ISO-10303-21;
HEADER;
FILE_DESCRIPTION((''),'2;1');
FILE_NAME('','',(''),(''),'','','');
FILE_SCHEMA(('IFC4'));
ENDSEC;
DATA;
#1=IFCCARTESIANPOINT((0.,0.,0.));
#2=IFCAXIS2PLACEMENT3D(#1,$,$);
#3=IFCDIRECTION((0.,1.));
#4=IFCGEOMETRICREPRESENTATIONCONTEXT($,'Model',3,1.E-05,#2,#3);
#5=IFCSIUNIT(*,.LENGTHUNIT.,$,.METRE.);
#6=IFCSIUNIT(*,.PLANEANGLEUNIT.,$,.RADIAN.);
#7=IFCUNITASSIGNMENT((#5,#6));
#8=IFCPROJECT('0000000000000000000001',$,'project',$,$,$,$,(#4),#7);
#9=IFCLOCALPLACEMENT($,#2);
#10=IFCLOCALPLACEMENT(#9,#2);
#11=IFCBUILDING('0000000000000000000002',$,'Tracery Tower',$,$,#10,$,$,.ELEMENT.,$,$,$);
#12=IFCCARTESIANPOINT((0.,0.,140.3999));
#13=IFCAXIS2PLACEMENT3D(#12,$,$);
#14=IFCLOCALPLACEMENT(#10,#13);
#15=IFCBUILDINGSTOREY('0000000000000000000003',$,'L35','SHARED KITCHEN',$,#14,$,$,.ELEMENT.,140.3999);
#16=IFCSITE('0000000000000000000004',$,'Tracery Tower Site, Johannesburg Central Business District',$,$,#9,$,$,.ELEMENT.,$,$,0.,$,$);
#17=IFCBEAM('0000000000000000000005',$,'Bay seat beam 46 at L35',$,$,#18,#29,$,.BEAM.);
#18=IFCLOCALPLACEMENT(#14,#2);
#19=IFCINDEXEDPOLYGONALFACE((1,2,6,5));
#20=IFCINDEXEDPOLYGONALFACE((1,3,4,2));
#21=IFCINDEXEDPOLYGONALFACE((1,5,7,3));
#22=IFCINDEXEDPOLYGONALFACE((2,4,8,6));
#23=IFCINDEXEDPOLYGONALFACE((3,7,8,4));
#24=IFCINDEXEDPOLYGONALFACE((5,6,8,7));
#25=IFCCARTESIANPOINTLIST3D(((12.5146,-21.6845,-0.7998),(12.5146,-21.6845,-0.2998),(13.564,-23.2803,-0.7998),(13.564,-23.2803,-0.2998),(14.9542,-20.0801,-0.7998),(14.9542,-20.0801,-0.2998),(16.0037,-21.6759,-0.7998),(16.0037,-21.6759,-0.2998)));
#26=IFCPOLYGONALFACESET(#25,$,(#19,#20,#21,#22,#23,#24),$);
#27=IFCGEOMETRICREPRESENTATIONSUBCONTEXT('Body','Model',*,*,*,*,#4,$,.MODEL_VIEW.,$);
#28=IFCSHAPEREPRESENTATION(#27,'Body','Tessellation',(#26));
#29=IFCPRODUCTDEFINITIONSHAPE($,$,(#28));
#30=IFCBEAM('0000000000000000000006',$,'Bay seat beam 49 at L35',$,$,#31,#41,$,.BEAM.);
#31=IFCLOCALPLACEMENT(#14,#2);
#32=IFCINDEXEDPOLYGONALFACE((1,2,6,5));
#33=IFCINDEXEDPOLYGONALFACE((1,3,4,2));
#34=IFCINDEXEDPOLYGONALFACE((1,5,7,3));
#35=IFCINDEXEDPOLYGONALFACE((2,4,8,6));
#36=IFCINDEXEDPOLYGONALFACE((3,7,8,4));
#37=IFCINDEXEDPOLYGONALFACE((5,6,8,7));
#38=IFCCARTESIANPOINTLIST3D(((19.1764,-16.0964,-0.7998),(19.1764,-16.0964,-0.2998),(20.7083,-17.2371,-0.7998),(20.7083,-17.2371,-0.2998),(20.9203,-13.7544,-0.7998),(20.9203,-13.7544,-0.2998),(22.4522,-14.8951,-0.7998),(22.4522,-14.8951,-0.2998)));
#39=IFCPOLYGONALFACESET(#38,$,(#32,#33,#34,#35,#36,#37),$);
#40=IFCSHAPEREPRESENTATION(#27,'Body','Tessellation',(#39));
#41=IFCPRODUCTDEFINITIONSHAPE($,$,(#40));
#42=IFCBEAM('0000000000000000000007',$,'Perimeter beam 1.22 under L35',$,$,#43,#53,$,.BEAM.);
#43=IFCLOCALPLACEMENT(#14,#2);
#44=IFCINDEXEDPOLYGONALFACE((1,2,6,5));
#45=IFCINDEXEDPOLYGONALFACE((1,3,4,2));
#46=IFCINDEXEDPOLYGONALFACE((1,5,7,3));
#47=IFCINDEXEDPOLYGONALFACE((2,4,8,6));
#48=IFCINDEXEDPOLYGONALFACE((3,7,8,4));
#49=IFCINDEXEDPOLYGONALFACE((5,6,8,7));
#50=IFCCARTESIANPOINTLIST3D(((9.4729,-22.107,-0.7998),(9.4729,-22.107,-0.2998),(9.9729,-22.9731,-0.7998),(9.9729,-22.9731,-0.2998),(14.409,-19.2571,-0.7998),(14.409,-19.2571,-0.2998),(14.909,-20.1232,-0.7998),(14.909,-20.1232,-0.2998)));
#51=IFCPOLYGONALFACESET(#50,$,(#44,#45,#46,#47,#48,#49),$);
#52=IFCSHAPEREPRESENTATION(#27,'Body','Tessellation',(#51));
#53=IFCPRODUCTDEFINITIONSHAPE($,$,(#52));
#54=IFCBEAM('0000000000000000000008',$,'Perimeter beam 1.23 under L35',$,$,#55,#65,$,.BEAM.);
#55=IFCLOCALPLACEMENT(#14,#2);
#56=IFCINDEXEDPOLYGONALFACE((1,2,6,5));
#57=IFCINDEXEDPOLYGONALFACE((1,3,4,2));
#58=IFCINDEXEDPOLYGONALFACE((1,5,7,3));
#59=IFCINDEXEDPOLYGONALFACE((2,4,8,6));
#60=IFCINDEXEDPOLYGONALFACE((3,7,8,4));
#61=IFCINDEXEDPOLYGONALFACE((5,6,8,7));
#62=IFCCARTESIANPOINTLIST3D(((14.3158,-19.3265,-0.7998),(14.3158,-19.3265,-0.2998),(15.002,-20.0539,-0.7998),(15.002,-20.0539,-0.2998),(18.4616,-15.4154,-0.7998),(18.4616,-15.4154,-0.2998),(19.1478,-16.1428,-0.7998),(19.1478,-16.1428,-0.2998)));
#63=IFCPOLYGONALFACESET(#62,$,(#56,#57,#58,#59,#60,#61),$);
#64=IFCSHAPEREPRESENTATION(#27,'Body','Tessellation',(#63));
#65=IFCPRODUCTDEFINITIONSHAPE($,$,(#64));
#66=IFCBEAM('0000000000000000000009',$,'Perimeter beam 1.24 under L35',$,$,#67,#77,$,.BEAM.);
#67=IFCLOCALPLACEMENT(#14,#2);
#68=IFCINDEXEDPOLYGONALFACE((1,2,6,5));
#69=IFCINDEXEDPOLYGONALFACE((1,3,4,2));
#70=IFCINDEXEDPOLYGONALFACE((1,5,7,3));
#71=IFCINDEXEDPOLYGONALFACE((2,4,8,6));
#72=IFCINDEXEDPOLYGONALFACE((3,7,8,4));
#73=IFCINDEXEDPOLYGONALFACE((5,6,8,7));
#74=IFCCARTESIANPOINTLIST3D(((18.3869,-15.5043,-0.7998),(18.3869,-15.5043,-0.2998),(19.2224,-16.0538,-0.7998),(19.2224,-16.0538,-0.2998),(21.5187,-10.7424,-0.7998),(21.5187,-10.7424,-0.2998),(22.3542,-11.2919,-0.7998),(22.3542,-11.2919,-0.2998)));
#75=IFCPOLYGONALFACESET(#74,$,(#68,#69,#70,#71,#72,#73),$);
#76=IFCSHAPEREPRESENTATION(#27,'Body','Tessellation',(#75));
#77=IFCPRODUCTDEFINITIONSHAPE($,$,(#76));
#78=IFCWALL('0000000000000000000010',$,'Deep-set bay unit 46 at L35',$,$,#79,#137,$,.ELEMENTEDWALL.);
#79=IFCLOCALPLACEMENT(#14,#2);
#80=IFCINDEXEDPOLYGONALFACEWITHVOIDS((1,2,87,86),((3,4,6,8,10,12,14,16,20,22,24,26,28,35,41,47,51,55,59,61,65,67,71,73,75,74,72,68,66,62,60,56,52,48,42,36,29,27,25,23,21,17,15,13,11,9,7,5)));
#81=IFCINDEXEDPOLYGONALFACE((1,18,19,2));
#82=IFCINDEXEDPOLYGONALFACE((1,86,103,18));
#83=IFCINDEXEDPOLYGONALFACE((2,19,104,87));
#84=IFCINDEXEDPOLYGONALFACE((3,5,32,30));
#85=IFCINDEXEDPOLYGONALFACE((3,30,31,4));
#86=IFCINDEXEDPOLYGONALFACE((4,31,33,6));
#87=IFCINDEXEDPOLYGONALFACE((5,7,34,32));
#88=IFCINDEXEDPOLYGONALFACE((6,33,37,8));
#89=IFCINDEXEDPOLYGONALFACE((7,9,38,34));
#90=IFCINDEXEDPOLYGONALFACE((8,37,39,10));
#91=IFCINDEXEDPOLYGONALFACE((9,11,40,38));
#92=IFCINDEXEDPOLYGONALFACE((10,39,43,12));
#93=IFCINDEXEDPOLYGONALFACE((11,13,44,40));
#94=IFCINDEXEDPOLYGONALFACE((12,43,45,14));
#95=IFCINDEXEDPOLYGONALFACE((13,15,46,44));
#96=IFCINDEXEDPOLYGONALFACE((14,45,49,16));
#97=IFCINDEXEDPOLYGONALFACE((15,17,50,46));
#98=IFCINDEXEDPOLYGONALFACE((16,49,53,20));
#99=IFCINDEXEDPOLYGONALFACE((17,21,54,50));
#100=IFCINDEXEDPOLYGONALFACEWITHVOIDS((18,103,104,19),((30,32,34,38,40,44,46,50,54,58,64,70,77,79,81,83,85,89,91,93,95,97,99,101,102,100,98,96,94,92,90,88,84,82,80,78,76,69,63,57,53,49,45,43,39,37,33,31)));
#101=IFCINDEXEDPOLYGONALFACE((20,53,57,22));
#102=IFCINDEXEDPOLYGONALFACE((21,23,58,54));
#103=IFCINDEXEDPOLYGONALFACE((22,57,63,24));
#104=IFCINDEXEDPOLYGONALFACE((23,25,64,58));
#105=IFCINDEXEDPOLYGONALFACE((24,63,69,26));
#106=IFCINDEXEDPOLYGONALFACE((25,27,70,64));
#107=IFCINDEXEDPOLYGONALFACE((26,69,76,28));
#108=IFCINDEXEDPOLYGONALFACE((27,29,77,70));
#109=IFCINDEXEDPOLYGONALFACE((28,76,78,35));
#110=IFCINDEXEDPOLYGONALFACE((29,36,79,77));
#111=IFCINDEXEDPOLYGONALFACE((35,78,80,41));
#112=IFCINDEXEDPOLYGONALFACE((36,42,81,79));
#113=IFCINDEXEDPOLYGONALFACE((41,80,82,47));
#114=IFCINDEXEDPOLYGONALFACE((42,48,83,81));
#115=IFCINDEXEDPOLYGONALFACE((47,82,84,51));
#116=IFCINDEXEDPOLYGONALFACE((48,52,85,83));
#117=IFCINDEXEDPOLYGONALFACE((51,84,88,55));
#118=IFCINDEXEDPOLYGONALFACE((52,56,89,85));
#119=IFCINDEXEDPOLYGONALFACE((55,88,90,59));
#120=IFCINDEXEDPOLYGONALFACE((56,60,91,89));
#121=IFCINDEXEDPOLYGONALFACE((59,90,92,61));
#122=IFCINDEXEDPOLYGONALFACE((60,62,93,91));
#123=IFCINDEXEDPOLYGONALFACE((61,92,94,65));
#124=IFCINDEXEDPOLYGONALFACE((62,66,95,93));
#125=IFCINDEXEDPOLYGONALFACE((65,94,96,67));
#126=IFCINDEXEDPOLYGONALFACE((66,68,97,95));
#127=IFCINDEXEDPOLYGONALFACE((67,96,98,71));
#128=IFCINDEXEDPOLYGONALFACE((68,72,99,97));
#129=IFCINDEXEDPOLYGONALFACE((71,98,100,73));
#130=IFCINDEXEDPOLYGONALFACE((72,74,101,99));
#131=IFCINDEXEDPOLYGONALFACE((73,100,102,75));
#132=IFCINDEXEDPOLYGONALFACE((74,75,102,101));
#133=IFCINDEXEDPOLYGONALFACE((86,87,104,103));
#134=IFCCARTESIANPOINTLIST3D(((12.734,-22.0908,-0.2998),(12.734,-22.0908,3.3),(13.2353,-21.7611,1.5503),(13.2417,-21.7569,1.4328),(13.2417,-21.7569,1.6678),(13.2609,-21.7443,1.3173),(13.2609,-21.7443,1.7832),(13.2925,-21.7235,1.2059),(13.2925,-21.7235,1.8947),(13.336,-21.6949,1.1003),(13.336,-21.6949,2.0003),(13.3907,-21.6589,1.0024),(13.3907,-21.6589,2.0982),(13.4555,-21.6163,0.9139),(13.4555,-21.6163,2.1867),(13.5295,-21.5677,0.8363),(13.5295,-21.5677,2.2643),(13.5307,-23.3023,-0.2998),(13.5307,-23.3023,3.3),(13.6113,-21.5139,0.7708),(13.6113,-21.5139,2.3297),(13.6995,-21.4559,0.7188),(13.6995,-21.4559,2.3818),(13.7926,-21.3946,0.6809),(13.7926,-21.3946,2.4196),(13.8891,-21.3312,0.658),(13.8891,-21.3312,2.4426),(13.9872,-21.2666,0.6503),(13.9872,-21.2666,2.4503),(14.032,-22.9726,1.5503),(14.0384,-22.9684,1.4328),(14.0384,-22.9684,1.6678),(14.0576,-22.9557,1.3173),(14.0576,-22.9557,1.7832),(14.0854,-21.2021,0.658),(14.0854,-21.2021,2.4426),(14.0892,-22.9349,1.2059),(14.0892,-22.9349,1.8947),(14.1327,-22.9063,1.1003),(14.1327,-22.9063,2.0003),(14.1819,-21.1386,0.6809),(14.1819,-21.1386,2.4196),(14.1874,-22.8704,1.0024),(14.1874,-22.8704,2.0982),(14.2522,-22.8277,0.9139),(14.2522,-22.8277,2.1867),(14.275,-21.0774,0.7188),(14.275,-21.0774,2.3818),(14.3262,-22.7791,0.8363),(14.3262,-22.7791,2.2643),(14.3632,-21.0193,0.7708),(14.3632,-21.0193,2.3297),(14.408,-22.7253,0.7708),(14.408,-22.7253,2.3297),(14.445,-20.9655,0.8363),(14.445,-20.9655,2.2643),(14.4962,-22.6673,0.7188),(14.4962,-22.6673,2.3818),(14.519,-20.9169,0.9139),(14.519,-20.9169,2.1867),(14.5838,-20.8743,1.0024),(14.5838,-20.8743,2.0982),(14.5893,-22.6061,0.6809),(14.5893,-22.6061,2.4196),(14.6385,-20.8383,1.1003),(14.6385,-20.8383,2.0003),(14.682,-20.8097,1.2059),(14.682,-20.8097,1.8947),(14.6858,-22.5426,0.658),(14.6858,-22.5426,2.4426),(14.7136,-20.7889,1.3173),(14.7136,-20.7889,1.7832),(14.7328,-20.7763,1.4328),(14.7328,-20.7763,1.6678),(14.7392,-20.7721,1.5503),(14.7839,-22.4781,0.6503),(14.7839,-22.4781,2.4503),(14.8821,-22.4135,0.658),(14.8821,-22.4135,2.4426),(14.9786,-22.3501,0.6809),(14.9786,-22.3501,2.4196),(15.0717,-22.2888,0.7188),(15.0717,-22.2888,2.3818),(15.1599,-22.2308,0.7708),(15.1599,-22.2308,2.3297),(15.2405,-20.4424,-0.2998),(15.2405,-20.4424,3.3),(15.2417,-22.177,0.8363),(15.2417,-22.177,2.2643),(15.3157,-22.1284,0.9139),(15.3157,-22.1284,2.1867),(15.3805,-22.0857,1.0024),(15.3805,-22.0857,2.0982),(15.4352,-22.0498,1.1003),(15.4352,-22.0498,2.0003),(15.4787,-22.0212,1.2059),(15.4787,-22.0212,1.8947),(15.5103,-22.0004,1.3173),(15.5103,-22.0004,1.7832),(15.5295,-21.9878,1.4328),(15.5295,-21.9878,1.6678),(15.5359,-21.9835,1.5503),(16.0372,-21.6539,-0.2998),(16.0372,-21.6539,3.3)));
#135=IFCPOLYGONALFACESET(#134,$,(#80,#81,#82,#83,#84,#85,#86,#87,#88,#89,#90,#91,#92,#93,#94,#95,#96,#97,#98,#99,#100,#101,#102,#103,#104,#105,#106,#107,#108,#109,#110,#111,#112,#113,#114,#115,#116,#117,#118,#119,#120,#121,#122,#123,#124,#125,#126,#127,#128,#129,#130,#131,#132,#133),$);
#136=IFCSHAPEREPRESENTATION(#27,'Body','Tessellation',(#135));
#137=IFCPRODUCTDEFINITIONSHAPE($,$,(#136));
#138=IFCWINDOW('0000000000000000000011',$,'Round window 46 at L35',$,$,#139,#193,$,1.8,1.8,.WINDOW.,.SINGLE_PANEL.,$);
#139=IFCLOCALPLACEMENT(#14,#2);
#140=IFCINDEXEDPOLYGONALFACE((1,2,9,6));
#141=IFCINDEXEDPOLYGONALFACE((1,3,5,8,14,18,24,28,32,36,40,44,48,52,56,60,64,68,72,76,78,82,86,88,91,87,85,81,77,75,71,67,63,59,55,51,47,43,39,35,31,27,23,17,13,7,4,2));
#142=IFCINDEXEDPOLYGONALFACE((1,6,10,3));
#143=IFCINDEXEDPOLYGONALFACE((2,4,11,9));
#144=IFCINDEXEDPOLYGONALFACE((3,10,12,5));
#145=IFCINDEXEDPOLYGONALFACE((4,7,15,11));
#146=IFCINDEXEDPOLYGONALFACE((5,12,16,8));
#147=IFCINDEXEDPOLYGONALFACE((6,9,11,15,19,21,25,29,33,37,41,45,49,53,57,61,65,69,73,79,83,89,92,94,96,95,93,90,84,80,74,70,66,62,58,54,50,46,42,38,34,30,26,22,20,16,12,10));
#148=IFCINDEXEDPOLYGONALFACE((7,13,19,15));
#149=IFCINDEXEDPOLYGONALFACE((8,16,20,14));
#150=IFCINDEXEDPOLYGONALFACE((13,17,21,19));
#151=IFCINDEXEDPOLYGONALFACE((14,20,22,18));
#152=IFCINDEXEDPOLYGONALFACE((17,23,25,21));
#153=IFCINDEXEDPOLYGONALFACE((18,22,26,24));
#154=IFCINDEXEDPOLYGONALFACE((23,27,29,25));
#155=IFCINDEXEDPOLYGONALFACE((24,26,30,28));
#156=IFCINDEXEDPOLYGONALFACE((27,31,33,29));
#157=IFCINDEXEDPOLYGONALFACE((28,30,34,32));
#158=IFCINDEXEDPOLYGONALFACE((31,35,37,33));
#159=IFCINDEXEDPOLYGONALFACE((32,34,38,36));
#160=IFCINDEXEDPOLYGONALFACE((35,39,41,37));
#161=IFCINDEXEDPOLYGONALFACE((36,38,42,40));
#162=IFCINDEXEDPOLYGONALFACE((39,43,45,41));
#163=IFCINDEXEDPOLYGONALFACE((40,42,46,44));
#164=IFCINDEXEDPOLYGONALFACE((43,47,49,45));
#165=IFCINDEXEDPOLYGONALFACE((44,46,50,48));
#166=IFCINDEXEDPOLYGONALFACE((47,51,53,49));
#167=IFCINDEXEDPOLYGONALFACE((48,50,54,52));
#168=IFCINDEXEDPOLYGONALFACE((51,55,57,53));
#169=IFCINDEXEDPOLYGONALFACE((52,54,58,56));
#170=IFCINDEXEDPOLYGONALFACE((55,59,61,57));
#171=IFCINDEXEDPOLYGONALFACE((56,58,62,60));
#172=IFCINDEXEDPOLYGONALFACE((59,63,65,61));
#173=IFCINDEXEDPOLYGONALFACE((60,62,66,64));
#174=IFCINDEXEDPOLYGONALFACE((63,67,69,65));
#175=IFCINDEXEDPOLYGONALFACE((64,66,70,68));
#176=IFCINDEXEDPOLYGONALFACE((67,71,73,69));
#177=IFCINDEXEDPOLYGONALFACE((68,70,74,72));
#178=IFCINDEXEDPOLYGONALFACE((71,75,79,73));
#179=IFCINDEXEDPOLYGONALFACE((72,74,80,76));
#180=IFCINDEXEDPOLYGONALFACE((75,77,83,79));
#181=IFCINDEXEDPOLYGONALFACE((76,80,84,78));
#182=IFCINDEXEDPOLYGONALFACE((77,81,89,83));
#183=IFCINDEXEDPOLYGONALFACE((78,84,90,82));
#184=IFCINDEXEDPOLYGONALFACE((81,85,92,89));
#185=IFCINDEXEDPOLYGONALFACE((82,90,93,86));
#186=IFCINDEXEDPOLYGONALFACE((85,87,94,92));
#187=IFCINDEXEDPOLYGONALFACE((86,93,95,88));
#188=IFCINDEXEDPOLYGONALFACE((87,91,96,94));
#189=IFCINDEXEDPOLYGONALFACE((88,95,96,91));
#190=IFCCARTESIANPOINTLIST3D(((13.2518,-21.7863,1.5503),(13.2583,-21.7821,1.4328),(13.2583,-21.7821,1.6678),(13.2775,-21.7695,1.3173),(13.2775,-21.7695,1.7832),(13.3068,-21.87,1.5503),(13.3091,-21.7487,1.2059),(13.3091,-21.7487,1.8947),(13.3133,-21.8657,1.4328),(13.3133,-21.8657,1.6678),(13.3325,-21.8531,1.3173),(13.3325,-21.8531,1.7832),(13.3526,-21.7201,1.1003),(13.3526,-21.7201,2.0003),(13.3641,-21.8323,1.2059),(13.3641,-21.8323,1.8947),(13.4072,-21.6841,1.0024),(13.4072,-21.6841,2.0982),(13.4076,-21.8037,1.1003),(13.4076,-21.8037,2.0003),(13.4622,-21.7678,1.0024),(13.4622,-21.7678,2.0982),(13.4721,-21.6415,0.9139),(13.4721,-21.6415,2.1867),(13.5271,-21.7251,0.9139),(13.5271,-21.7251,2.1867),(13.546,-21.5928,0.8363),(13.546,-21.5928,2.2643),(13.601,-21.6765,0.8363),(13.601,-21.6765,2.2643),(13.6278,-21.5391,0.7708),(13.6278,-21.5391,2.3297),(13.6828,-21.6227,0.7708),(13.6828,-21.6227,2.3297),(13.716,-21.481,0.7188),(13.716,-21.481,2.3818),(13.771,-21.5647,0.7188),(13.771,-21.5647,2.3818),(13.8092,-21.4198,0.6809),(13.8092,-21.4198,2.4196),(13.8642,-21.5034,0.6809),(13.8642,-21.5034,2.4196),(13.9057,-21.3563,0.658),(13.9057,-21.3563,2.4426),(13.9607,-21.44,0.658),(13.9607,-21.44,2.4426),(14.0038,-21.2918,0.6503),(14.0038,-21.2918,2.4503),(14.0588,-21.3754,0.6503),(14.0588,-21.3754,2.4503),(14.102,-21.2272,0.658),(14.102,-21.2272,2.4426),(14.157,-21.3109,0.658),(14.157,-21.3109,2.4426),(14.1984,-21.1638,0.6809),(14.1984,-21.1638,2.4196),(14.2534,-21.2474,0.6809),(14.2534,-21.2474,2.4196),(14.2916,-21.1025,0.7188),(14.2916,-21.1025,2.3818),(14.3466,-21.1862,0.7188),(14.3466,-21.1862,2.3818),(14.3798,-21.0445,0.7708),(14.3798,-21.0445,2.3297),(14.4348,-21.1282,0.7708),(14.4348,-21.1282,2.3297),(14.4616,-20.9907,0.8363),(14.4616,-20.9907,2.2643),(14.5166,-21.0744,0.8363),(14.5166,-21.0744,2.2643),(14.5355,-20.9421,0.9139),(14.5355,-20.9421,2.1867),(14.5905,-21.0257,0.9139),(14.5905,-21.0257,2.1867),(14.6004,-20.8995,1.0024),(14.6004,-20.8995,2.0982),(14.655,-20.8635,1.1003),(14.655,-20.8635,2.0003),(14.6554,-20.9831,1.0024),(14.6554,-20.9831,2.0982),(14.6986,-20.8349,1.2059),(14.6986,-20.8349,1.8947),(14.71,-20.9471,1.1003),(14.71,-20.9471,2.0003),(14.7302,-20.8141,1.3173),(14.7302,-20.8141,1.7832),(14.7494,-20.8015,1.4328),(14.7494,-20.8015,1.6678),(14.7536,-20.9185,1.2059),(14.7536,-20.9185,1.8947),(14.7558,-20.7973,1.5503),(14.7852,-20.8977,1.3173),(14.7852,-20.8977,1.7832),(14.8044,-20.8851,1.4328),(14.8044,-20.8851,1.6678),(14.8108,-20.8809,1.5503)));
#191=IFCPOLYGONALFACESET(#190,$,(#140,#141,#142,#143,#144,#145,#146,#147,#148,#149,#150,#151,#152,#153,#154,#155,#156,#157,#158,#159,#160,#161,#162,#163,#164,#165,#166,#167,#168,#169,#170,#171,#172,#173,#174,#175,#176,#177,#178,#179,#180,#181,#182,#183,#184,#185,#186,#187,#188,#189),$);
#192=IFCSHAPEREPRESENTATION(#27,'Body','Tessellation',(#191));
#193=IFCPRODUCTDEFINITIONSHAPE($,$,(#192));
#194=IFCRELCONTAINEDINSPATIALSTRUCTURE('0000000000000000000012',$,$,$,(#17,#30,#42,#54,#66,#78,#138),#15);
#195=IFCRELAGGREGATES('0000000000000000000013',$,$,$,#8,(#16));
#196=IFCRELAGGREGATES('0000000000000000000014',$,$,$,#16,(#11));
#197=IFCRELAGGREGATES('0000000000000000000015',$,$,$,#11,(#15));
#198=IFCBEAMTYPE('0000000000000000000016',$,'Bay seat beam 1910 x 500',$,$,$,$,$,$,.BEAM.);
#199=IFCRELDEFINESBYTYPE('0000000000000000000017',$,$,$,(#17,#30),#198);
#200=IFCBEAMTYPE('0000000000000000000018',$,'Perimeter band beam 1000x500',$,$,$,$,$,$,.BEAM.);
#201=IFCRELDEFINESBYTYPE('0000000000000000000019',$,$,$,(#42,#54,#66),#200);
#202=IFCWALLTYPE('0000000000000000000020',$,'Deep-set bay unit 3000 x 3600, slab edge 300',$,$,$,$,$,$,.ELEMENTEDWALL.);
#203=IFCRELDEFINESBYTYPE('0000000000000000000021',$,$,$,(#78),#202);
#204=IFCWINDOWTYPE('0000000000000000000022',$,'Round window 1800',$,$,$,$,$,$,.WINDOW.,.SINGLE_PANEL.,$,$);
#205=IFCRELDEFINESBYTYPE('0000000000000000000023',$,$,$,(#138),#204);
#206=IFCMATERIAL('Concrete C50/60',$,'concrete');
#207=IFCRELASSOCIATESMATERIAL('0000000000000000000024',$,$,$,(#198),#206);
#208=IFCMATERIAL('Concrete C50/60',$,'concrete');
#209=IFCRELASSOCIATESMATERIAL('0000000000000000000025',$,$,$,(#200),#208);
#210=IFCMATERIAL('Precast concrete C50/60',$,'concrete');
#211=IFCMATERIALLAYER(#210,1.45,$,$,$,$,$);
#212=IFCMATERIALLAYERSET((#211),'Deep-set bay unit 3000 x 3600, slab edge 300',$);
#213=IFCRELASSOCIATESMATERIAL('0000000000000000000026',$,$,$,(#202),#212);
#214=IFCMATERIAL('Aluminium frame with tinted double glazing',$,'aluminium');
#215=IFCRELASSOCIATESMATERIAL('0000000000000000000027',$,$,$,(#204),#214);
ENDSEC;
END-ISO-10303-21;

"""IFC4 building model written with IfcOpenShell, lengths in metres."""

from ifc_helpers import new_model, si_unit, direction, frame, frame_2d, origin, origin_2d, place, context, subcontext, project, spatial, rectangle, circle, extrude, material, layer, layer_set, material_profile, profile_set, type_object, element, fill, save


model = new_model("IFC4")

# Units and contexts
model_context = context("Model", 3, precision=1e-05, world=origin(), true_north=direction((0.0, 1.0)))
body_context = subcontext(model_context, "Body", "Model", "MODEL_VIEW")
ifc_project = project(units=[si_unit("LENGTHUNIT", "METRE"), si_unit("PLANEANGLEUNIT", "RADIAN")], contexts=[model_context])

# Site, building, storey
site_placement = place(None, origin())
site = spatial("IfcSite", under=ifc_project, at=site_placement, Name="Tracery Tower Site, Johannesburg Central Business District", CompositionType="ELEMENT", RefElevation=0.0)
building_placement = place(site_placement, origin())
building = spatial("IfcBuilding", under=site, at=building_placement, Name="Tracery Tower", CompositionType="ELEMENT")
storey_placement = place(building_placement, frame((0.0, 0.0, 140.3999)))
storey = spatial("IfcBuildingStorey", under=building, at=storey_placement, Name="L35", Description="SHARED KITCHEN", CompositionType="ELEMENT", Elevation=140.3999)

# Beams
ifc_material_1 = material(Name="Concrete C50/60", Category="concrete")
ifc_material_profile_1 = material_profile(ifc_material_1, rectangle(XDim=1.9099, YDim=0.5, at=origin_2d()), Name="RC 1910x500")
ifc_profile_set_1 = profile_set([ifc_material_profile_1], Name="Concrete C50/60")
beam_type_1 = type_object("IfcBeamType", Name="Bay seat beam 1910 x 500", PredefinedType="BEAM", material=ifc_profile_set_1)
for number, where, z_axis, x_axis, name in (
    (1, (13.0393, -22.4824, -0.5498), (0.835507, 0.54948, 0.0), (-0.54948, 0.835507, 0.0), "Bay seat beam 46 at L35"),
    (2, (19.9424, -16.6667, -0.5498), (0.597227, 0.802072, 0.0), (-0.802072, 0.597227, 0.0), "Bay seat beam 49 at L35"),
):
    element("IfcBeam", number, at=place(storey_placement, frame(where, z_axis=z_axis, x_axis=x_axis)), inside=storey, type_object=beam_type_1, Name=name, PredefinedType="BEAM", context=body_context, shape_type="SweptSolid", body=[
        extrude(rectangle(XDim=1.9099, YDim=0.5, at=origin_2d()), origin(), (0.0, 0.0, 1.0), 2.9199),
    ])
ifc_material_2 = material(Name="Concrete C50/60", Category="concrete")
ifc_material_profile_2 = material_profile(ifc_material_2, rectangle(XDim=1.0, YDim=0.5, at=origin_2d()), Name="RC 1000x500")
ifc_profile_set_2 = profile_set([ifc_material_profile_2], Name="Concrete C50/60")
beam_type_2 = type_object("IfcBeamType", Name="Perimeter band beam 1000x500", PredefinedType="BEAM", material=ifc_profile_set_2)
beam_placement = place(storey_placement, frame((9.7229, -22.54, -0.5498), z_axis=(0.866023, 0.500004, 0.0), x_axis=(-0.500004, 0.866023, 0.0)))
element("IfcBeam", 3, at=beam_placement, inside=storey, type_object=beam_type_2, Name="Perimeter beam 1.22 under L35", PredefinedType="BEAM", context=body_context, shape_type="SweptSolid", body=[
    extrude(rectangle(XDim=1.0, YDim=0.5, at=origin_2d()), origin(), (0.0, 0.0, 1.0), 5.6997),
])
for number, where, z_axis, x_axis, name in (
    (4, (14.6589, -19.6902, -0.5498), (0.72739, 0.686225, 0.0), (-0.686225, 0.72739, 0.0), "Perimeter beam 1.23 under L35"),
    (5, (18.8047, -15.7791, -0.5498), (0.54949, 0.8355, 0.0), (-0.8355, 0.54949, 0.0), "Perimeter beam 1.24 under L35"),
):
    element("IfcBeam", number, at=place(storey_placement, frame(where, z_axis=z_axis, x_axis=x_axis)), inside=storey, type_object=beam_type_2, Name=name, PredefinedType="BEAM", context=body_context, shape_type="SweptSolid", body=[
        extrude(rectangle(XDim=1.0, YDim=0.5, at=origin_2d()), origin(), (0.0, 0.0, 1.0), 5.6995),
    ])

# Wall, opening, window
ifc_material_3 = material(Name="Precast concrete C50/60", Category="concrete")
ifc_layer_1 = layer(ifc_material_3, 1.45)
ifc_layer_set_1 = layer_set([ifc_layer_1], Name="Deep-set bay unit 3000 x 3600, slab edge 300")
wall_type_1 = type_object("IfcWallType", Name="Deep-set bay unit 3000 x 3600, slab edge 300", PredefinedType="ELEMENTEDWALL", material=ifc_layer_set_1)
wall_1_placement = place(storey_placement, frame((13.1323, -22.6965, -0.2998), z_axis=(0.0, 0.0, 1.0), x_axis=(0.835514, 0.549469, 0.0)))
wall_1 = element("IfcWall", 6, at=wall_1_placement, inside=storey, type_object=wall_type_1, Name="Deep-set bay unit 46 at L35", PredefinedType="ELEMENTEDWALL", context=body_context, shape_type="SweptSolid", body=[
    extrude(rectangle(XDim=3.0, YDim=1.45, at=frame_2d((1.5, 0.0))), origin(), (0.0, 0.0, 1.0), 3.5999),
])
opening_1_placement = place(wall_1_placement, frame((1.5, 0.0, 1.8501)))
opening_1 = element("IfcOpeningElement", 7, at=opening_1_placement, cuts=wall_1, PredefinedType="OPENING", context=body_context, shape_type="SweptSolid", body=[
    extrude(circle(Radius=0.9, at=origin_2d()), frame((0.0, 0.7349, 0.0), z_axis=(0.0, -1.0, 0.0), x_axis=(1.0, 0.0, 0.0)), (0.0, 0.0, 1.0), 1.47),
])
ifc_material_4 = material(Name="Aluminium frame with tinted double glazing", Category="aluminium")
window_type = type_object("IfcWindowType", Name="Round window 1800", PartitioningType="SINGLE_PANEL", PredefinedType="WINDOW", material=ifc_material_4)
window_1_placement = place(opening_1_placement, origin())
window_1 = element("IfcWindow", 8, at=window_1_placement, inside=storey, type_object=window_type, Name="Round window 46 at L35", OverallHeight=1.8, OverallWidth=1.8, PartitioningType="SINGLE_PANEL", PredefinedType="WINDOW", context=body_context, shape_type="SweptSolid", body=[
    extrude(circle(Radius=0.9, at=origin_2d()), frame((0.0, 0.6948, 0.0), z_axis=(0.0, -1.0, 0.0), x_axis=(1.0, 0.0, 0.0)), (0.0, 0.0, 1.0), 0.1001),
])
fill(opening_1, window_1)

save(model, "model.ifc")
